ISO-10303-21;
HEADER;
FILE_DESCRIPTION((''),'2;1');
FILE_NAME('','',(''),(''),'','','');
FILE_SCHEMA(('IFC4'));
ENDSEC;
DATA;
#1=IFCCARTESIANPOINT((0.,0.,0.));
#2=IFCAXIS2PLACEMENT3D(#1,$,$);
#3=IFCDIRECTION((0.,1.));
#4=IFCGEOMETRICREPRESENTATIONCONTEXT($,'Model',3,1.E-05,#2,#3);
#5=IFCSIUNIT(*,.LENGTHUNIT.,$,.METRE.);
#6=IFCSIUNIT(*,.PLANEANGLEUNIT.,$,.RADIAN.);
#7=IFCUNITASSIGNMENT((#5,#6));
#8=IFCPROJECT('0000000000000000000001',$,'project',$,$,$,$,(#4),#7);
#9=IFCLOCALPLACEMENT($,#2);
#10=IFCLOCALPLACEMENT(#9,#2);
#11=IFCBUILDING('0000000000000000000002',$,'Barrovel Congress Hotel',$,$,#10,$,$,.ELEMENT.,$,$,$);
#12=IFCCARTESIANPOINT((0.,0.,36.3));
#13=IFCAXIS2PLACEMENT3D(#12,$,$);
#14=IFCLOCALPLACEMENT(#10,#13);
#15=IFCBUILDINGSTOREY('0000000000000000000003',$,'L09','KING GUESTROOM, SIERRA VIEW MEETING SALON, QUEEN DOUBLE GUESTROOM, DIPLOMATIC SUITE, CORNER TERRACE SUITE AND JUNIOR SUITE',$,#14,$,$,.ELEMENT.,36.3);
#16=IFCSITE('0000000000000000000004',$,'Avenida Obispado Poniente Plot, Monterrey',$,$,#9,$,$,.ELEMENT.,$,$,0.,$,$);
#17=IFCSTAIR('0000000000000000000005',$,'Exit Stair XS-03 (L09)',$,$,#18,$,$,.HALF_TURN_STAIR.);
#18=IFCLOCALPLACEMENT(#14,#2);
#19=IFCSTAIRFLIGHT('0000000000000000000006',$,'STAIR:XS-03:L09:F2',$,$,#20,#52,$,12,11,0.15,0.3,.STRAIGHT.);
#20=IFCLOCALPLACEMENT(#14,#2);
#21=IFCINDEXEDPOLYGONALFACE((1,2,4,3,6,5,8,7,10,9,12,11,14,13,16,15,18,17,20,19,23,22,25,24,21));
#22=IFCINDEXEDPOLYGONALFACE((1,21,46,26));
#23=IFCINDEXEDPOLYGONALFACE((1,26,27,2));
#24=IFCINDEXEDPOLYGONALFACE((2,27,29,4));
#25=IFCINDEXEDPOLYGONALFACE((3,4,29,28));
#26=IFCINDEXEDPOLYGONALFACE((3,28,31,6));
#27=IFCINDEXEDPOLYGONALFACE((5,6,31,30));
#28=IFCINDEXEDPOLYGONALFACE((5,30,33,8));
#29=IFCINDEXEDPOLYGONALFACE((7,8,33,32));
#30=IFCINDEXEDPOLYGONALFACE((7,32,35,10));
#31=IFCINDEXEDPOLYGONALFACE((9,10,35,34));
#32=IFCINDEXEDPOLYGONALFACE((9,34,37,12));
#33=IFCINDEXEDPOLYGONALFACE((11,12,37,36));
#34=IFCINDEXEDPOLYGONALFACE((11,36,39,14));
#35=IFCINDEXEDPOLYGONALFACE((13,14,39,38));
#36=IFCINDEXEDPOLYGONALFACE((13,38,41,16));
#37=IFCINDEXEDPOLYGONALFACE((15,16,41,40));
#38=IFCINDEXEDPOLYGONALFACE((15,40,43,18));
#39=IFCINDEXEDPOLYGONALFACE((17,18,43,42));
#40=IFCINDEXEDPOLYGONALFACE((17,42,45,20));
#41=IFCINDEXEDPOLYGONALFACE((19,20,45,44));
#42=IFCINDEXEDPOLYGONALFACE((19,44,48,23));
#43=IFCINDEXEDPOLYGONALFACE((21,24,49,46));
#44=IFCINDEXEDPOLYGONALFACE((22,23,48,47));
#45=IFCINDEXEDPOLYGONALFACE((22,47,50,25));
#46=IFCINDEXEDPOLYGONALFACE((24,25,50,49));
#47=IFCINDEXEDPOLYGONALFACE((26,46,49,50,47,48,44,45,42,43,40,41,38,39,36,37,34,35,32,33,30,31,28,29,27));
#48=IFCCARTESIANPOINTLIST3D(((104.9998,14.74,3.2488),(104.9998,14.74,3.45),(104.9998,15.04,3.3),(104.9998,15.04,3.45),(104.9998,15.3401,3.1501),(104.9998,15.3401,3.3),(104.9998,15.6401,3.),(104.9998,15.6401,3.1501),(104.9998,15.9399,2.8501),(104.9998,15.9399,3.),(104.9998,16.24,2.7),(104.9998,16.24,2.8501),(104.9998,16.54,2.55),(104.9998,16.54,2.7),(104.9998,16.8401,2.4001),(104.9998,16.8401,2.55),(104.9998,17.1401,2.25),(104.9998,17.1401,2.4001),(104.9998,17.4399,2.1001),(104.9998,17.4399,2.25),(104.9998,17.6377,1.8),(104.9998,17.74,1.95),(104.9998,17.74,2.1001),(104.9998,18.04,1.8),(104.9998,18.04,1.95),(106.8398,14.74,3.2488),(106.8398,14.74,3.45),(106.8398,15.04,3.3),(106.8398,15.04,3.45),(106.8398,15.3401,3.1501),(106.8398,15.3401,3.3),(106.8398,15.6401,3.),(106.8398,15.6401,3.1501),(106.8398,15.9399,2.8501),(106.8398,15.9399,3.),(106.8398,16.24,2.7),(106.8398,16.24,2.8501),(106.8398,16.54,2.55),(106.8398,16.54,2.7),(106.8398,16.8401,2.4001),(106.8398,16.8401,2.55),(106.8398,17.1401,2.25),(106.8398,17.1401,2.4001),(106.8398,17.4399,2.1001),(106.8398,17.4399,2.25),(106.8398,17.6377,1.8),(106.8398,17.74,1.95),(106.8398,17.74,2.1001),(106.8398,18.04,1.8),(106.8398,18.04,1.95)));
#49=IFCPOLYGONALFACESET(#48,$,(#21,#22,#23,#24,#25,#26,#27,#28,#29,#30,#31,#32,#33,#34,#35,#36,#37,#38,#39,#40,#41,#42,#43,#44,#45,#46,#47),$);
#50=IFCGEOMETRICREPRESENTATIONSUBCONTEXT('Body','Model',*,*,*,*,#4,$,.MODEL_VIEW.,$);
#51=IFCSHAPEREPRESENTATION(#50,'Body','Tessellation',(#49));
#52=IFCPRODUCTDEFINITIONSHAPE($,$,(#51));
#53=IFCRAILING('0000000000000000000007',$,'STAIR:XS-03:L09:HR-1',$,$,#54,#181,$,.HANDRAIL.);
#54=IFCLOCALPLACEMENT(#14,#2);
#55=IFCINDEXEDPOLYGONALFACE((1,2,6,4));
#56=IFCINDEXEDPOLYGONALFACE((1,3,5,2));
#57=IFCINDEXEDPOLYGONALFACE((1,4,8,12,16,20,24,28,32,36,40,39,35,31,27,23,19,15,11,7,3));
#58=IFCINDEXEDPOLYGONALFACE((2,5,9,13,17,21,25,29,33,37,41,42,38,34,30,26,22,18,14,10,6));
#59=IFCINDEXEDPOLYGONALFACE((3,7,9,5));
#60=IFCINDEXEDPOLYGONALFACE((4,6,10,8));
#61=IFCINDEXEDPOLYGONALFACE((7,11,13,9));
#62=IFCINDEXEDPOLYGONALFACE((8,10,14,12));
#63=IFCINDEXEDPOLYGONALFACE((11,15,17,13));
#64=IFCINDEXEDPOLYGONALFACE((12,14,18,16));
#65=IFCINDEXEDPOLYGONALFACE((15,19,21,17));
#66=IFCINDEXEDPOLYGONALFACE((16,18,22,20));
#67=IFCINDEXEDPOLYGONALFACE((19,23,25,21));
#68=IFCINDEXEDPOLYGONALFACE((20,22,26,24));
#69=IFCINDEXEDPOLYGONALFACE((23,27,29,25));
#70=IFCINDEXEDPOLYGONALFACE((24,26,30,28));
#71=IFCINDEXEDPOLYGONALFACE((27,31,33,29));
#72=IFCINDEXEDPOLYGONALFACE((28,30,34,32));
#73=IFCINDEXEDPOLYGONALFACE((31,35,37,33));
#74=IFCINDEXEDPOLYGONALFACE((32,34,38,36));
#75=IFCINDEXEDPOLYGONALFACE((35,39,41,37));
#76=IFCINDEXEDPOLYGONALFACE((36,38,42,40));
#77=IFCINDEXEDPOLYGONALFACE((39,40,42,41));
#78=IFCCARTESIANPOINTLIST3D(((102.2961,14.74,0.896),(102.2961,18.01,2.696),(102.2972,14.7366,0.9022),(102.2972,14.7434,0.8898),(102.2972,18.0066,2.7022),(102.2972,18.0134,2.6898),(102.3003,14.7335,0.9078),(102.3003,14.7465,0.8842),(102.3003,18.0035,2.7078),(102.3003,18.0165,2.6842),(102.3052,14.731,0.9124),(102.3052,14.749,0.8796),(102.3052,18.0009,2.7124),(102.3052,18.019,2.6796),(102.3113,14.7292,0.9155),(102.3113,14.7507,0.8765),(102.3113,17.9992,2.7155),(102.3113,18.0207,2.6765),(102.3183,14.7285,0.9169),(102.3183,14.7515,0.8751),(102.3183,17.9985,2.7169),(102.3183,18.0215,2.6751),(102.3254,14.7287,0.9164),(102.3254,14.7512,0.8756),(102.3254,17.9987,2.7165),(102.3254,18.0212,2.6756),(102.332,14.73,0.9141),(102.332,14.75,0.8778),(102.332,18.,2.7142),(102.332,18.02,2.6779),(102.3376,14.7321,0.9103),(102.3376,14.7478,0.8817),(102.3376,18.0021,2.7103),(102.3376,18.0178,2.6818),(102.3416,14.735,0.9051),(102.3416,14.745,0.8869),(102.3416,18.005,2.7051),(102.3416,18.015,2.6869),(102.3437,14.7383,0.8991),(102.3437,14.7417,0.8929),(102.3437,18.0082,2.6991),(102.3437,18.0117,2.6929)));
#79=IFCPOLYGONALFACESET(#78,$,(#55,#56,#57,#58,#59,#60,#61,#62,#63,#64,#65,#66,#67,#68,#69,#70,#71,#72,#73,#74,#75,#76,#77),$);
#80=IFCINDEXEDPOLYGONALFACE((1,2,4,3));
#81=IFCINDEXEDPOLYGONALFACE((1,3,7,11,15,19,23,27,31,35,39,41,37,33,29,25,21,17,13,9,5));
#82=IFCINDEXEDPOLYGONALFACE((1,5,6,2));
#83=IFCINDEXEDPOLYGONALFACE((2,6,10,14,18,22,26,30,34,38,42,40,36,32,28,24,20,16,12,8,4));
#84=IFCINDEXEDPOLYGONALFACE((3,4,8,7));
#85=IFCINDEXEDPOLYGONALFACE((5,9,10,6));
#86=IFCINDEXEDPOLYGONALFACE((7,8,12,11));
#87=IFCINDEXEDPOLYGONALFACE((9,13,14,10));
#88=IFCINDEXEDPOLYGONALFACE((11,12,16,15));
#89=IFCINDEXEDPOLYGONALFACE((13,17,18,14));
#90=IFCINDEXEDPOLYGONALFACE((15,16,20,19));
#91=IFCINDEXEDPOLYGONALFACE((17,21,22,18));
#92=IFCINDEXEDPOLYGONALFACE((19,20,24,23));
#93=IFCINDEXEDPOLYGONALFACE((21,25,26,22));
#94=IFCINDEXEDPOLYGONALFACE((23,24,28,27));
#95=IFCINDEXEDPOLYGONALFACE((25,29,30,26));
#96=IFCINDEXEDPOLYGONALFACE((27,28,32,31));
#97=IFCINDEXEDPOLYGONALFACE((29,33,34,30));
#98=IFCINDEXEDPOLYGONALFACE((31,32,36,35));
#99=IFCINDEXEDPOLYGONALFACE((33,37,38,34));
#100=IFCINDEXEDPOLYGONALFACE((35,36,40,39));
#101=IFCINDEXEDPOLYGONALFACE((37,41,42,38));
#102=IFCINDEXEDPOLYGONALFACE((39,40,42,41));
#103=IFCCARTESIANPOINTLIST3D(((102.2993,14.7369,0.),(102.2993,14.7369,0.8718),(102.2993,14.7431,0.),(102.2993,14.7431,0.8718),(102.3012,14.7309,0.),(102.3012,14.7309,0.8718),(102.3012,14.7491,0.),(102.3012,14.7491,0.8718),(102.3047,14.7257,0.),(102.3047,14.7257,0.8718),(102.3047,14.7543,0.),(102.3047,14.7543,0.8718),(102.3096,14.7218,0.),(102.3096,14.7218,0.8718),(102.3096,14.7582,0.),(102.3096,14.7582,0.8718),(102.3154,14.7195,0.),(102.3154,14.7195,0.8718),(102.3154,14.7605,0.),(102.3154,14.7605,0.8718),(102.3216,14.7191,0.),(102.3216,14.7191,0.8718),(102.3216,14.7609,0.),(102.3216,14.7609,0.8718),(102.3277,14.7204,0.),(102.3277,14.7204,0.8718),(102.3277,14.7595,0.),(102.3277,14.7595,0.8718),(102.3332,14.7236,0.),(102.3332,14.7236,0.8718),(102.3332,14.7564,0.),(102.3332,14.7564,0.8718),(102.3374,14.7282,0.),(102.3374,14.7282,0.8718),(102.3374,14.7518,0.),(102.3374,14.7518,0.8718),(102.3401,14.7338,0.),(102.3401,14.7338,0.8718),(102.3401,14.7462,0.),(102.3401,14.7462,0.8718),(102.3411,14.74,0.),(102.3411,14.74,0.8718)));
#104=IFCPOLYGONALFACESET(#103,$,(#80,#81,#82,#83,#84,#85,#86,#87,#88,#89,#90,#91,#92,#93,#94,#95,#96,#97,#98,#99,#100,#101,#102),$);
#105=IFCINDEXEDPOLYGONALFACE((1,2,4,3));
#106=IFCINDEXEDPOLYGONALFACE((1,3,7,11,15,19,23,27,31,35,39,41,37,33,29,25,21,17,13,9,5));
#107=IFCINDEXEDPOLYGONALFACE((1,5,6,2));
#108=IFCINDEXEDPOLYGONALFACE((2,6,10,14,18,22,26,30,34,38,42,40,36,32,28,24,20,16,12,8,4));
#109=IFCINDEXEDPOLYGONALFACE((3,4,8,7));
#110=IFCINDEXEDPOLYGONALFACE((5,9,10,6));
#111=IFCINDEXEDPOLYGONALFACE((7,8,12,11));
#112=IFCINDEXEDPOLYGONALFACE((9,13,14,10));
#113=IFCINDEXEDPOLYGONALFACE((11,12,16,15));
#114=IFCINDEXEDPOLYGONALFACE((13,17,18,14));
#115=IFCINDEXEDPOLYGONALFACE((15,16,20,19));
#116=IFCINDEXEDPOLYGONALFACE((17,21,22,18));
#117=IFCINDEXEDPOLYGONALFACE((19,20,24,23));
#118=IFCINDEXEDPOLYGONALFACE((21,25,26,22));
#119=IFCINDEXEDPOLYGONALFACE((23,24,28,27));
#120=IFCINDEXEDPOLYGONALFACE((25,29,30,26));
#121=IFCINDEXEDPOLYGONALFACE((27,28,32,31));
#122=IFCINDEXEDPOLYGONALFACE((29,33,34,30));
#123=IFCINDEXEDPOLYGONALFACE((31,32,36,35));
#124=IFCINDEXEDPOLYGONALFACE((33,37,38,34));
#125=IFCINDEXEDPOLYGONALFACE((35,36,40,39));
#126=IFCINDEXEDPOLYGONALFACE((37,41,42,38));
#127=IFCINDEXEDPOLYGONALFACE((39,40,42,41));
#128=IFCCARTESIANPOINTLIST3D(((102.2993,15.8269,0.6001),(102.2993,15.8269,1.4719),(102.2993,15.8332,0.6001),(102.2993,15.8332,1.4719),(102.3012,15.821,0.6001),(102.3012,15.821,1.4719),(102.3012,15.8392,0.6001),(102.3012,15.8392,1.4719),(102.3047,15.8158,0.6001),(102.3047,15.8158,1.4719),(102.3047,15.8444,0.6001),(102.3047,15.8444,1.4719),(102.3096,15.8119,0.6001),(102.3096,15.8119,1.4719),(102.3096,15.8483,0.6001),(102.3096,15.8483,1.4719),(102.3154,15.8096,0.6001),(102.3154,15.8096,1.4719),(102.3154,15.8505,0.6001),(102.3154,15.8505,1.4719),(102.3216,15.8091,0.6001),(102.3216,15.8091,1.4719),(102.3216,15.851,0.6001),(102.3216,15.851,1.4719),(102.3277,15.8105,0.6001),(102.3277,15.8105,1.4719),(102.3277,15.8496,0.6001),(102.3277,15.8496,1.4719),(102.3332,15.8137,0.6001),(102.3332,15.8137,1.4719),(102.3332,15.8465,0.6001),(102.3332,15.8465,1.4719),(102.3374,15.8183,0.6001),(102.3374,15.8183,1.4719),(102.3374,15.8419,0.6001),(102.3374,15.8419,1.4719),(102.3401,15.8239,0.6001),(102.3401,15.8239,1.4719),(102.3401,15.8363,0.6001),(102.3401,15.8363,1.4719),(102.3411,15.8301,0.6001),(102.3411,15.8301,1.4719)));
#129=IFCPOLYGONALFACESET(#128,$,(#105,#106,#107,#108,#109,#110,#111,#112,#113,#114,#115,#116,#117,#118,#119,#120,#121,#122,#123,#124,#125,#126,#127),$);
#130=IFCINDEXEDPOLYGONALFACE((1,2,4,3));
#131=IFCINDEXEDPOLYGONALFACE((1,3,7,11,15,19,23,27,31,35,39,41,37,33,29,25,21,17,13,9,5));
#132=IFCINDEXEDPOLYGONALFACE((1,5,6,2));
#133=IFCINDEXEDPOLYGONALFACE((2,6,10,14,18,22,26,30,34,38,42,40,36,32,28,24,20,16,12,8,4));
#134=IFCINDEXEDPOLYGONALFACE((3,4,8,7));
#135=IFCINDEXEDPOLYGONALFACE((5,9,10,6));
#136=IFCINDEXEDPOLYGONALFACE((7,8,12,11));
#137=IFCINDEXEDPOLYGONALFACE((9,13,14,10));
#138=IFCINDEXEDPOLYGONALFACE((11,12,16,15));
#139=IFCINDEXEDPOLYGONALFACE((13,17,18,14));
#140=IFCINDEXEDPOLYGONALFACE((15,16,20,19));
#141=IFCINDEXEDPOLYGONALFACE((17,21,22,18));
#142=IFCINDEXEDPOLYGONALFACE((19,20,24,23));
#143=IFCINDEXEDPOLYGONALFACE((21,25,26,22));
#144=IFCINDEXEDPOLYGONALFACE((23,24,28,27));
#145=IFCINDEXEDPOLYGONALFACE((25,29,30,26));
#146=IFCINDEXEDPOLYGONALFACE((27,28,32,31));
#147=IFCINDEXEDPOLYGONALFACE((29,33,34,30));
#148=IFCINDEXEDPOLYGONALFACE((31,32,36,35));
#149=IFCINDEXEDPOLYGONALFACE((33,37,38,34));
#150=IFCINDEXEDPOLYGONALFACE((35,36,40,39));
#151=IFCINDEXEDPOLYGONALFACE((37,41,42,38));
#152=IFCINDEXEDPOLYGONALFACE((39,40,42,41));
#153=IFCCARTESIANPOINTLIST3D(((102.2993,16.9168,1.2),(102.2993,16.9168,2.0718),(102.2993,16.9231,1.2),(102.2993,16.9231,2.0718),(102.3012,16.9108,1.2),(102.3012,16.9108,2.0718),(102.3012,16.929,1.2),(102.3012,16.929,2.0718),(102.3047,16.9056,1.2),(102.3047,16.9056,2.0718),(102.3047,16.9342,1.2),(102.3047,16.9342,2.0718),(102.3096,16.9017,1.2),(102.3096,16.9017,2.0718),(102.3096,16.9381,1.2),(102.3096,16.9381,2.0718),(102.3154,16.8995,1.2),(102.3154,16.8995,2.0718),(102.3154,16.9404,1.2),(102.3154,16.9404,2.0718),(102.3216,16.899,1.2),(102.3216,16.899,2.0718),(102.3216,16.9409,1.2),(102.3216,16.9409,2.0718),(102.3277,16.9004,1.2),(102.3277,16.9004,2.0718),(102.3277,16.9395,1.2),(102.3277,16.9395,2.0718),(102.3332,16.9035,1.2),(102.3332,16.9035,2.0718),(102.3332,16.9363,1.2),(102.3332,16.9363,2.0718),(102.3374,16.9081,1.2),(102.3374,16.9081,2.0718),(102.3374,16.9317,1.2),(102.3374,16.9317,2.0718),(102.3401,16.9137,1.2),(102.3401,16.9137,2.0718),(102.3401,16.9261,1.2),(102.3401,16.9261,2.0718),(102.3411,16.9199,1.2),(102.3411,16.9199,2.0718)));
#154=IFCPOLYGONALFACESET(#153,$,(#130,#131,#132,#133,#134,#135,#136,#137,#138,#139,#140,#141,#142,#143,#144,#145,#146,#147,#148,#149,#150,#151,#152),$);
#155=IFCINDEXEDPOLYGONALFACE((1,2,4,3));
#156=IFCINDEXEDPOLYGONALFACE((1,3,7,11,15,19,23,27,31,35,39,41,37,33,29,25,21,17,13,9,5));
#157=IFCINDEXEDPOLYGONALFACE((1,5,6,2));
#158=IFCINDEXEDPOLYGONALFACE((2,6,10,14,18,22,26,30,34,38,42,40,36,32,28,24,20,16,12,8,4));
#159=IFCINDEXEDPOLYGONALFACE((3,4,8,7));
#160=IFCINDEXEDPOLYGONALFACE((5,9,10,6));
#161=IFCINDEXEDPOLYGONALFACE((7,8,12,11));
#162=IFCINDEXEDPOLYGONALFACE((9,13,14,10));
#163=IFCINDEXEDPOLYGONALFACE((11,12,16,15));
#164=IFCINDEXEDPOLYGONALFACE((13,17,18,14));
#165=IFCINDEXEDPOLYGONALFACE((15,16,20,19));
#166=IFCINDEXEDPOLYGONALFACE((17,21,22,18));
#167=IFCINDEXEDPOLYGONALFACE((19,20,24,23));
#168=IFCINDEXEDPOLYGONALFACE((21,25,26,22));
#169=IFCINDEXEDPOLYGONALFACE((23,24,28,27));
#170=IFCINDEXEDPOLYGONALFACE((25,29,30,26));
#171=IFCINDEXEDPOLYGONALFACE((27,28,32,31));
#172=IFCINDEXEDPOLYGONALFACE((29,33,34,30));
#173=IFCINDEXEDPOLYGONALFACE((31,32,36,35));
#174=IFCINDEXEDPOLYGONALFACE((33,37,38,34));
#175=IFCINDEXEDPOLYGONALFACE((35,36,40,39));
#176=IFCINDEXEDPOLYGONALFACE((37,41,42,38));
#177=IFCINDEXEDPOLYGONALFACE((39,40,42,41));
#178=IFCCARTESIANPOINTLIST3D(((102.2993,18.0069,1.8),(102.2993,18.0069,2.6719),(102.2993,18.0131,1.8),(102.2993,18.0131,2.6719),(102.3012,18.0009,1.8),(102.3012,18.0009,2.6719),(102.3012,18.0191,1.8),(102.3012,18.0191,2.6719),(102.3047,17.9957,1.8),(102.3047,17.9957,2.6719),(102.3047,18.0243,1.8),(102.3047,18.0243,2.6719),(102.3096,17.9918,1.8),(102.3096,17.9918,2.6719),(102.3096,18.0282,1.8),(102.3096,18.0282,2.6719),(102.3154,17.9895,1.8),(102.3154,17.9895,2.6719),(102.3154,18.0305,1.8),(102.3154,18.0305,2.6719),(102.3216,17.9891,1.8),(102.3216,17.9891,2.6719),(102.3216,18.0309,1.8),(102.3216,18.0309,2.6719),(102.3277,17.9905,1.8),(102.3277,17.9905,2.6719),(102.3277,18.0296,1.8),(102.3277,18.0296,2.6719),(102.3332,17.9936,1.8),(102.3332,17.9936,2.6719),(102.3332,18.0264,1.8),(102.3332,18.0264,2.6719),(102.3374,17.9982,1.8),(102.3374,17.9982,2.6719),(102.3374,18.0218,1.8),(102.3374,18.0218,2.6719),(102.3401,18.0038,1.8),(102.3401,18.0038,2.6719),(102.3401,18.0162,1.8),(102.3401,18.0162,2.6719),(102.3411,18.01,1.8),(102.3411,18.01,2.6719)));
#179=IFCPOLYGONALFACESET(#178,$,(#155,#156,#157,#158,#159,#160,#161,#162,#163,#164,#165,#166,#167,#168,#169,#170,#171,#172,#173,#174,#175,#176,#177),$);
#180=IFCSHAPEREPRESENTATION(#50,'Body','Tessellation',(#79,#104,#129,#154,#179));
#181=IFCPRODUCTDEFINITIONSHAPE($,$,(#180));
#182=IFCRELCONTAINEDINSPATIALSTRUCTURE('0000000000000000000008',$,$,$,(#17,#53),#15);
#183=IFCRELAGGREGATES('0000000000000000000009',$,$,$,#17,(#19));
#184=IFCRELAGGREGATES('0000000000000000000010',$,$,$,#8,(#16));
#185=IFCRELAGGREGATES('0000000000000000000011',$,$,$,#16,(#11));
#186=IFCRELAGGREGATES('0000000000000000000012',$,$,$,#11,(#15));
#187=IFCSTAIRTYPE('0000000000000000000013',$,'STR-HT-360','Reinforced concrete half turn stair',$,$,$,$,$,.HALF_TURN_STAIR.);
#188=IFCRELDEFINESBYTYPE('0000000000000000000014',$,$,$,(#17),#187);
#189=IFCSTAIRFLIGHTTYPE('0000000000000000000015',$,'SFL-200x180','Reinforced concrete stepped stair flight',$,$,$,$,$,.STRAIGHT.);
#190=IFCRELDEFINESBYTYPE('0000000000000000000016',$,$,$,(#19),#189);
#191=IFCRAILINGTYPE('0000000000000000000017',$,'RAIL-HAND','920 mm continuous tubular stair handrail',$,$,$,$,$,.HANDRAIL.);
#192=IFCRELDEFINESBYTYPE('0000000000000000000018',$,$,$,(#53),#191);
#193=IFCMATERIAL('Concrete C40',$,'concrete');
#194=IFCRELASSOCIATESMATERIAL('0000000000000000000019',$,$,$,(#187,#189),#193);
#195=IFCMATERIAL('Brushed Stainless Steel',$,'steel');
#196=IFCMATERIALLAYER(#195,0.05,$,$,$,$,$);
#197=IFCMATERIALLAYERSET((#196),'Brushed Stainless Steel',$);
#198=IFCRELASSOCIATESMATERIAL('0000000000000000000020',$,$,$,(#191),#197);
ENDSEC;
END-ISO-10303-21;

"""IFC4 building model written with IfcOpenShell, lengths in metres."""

from ifc_helpers import new_model, si_unit, direction, frame, origin, origin_2d, place, context, subcontext, project, spatial, polyline, circle, outline, extrude, material, layer, layer_set, type_object, element, aggregate, save


model = new_model("IFC4")

# Units and contexts
model_context = context("Model", 3, precision=1e-05, world=origin(), true_north=direction((0.0, 1.0)))
body_context = subcontext(model_context, "Body", "Model", "MODEL_VIEW")
ifc_project = project(units=[si_unit("LENGTHUNIT", "METRE"), si_unit("PLANEANGLEUNIT", "RADIAN")], contexts=[model_context])

# Site, building, storey
site_placement = place(None, origin())
site = spatial("IfcSite", under=ifc_project, at=site_placement, Name="Avenida Obispado Poniente Plot, Monterrey", CompositionType="ELEMENT", RefElevation=0.0)
building_placement = place(site_placement, origin())
building = spatial("IfcBuilding", under=site, at=building_placement, Name="Barrovel Congress Hotel", CompositionType="ELEMENT")
storey_placement = place(building_placement, frame((0.0, 0.0, 36.3)))
storey = spatial("IfcBuildingStorey", under=building, at=storey_placement, Name="L09", Description="KING GUESTROOM, SIERRA VIEW MEETING SALON, QUEEN DOUBLE GUESTROOM, DIPLOMATIC SUITE, CORNER TERRACE SUITE AND JUNIOR SUITE", CompositionType="ELEMENT", Elevation=36.3)

# Shared definitions
ifc_material_1 = material(Name="Concrete C40", Category="concrete")

# Stair, stair flight
stair_type = type_object("IfcStairType", Name="STR-HT-360", Description="Reinforced concrete half turn stair", PredefinedType="HALF_TURN_STAIR", material=ifc_material_1)
stair_placement = place(storey_placement, origin())
stair = element("IfcStair", 1, at=stair_placement, inside=storey, type_object=stair_type, Name="Exit Stair XS-03 (L09)", PredefinedType="HALF_TURN_STAIR")
stair_flight_type = type_object("IfcStairFlightType", Name="SFL-200x180", Description="Reinforced concrete stepped stair flight", PredefinedType="STRAIGHT", material=ifc_material_1)
stair_flight_1_placement = place(storey_placement, frame((105.9199, 18.04, 1.8), z_axis=(0.0, 0.0, 1.0), x_axis=(0.0, -1.0, 0.0)))
stair_flight_1 = element("IfcStairFlight", 2, at=stair_flight_1_placement, type_object=stair_flight_type, Name="STAIR:XS-03:L09:F2", NumberOfRisers=12, NumberOfTreads=11, PredefinedType="STRAIGHT", RiserHeight=0.15, TreadLength=0.3, context=body_context, shape_type="SweptSolid", body=[
    extrude(outline(polyline([(0.0, 0.0), (0.0, 0.1499), (0.3, 0.1499), (0.3, 0.3), (0.6001, 0.3), (0.6001, 0.45), (0.8999, 0.45), (0.8999, 0.6001), (1.2, 0.6001), (1.2, 0.75), (1.5, 0.75), (1.5, 0.8999), (1.8, 0.8999), (1.8, 1.05), (2.1001, 1.05), (2.1001, 1.2), (2.3999, 1.2), (2.3999, 1.3501), (2.7, 1.3501), (2.7, 1.5), (3.0, 1.5), (3.0, 1.6499), (3.3, 1.6499), (3.3, 1.8), (3.3, 1.4487), (0.4023, 0.0), (0.0, 0.0)])), frame((0.0, 0.9199, 0.0), z_axis=(0.0, -1.0, 0.0), x_axis=(1.0, 0.0, 0.0)), (0.0, 0.0, 1.0), 1.8401),
])
aggregate(stair, [stair_flight_1])

# Railing
ifc_material_2 = material(Name="Brushed Stainless Steel", Category="steel")
ifc_layer_1 = layer(ifc_material_2, 0.05)
ifc_layer_set_1 = layer_set([ifc_layer_1], Name="Brushed Stainless Steel")
railing_type_1 = type_object("IfcRailingType", Name="RAIL-HAND", Description="920 mm continuous tubular stair handrail", PredefinedType="HANDRAIL", material=ifc_layer_set_1)
railing_1_placement = place(storey_placement, frame((102.3201, 14.74, 0.0)))
element("IfcRailing", 3, at=railing_1_placement, inside=storey, type_object=railing_type_1, Name="STAIR:XS-03:L09:HR-1", PredefinedType="HANDRAIL", context=body_context, shape_type="SweptSolid", body=[
    extrude(circle(Radius=0.0239, at=origin_2d()), frame((0.0, 0.0, 0.896), z_axis=(0.0, 0.876042, 0.482235), x_axis=(-1.0, 0.0, 0.0)), (0.0, 0.0, 1.0), 3.7327),
    extrude(circle(Radius=0.021, at=origin_2d()), origin(), (0.0, 0.0, 1.0), 0.8718),
    extrude(circle(Radius=0.021, at=origin_2d()), frame((0.0, 1.0901, 0.6001)), (0.0, 0.0, 1.0), 0.8718),
    extrude(circle(Radius=0.021, at=origin_2d()), frame((0.0, 2.1799, 1.2)), (0.0, 0.0, 1.0), 0.8718),
    extrude(circle(Radius=0.021, at=origin_2d()), frame((0.0, 3.27, 1.8)), (0.0, 0.0, 1.0), 0.8718),
])

save(model, "model.ifc")
